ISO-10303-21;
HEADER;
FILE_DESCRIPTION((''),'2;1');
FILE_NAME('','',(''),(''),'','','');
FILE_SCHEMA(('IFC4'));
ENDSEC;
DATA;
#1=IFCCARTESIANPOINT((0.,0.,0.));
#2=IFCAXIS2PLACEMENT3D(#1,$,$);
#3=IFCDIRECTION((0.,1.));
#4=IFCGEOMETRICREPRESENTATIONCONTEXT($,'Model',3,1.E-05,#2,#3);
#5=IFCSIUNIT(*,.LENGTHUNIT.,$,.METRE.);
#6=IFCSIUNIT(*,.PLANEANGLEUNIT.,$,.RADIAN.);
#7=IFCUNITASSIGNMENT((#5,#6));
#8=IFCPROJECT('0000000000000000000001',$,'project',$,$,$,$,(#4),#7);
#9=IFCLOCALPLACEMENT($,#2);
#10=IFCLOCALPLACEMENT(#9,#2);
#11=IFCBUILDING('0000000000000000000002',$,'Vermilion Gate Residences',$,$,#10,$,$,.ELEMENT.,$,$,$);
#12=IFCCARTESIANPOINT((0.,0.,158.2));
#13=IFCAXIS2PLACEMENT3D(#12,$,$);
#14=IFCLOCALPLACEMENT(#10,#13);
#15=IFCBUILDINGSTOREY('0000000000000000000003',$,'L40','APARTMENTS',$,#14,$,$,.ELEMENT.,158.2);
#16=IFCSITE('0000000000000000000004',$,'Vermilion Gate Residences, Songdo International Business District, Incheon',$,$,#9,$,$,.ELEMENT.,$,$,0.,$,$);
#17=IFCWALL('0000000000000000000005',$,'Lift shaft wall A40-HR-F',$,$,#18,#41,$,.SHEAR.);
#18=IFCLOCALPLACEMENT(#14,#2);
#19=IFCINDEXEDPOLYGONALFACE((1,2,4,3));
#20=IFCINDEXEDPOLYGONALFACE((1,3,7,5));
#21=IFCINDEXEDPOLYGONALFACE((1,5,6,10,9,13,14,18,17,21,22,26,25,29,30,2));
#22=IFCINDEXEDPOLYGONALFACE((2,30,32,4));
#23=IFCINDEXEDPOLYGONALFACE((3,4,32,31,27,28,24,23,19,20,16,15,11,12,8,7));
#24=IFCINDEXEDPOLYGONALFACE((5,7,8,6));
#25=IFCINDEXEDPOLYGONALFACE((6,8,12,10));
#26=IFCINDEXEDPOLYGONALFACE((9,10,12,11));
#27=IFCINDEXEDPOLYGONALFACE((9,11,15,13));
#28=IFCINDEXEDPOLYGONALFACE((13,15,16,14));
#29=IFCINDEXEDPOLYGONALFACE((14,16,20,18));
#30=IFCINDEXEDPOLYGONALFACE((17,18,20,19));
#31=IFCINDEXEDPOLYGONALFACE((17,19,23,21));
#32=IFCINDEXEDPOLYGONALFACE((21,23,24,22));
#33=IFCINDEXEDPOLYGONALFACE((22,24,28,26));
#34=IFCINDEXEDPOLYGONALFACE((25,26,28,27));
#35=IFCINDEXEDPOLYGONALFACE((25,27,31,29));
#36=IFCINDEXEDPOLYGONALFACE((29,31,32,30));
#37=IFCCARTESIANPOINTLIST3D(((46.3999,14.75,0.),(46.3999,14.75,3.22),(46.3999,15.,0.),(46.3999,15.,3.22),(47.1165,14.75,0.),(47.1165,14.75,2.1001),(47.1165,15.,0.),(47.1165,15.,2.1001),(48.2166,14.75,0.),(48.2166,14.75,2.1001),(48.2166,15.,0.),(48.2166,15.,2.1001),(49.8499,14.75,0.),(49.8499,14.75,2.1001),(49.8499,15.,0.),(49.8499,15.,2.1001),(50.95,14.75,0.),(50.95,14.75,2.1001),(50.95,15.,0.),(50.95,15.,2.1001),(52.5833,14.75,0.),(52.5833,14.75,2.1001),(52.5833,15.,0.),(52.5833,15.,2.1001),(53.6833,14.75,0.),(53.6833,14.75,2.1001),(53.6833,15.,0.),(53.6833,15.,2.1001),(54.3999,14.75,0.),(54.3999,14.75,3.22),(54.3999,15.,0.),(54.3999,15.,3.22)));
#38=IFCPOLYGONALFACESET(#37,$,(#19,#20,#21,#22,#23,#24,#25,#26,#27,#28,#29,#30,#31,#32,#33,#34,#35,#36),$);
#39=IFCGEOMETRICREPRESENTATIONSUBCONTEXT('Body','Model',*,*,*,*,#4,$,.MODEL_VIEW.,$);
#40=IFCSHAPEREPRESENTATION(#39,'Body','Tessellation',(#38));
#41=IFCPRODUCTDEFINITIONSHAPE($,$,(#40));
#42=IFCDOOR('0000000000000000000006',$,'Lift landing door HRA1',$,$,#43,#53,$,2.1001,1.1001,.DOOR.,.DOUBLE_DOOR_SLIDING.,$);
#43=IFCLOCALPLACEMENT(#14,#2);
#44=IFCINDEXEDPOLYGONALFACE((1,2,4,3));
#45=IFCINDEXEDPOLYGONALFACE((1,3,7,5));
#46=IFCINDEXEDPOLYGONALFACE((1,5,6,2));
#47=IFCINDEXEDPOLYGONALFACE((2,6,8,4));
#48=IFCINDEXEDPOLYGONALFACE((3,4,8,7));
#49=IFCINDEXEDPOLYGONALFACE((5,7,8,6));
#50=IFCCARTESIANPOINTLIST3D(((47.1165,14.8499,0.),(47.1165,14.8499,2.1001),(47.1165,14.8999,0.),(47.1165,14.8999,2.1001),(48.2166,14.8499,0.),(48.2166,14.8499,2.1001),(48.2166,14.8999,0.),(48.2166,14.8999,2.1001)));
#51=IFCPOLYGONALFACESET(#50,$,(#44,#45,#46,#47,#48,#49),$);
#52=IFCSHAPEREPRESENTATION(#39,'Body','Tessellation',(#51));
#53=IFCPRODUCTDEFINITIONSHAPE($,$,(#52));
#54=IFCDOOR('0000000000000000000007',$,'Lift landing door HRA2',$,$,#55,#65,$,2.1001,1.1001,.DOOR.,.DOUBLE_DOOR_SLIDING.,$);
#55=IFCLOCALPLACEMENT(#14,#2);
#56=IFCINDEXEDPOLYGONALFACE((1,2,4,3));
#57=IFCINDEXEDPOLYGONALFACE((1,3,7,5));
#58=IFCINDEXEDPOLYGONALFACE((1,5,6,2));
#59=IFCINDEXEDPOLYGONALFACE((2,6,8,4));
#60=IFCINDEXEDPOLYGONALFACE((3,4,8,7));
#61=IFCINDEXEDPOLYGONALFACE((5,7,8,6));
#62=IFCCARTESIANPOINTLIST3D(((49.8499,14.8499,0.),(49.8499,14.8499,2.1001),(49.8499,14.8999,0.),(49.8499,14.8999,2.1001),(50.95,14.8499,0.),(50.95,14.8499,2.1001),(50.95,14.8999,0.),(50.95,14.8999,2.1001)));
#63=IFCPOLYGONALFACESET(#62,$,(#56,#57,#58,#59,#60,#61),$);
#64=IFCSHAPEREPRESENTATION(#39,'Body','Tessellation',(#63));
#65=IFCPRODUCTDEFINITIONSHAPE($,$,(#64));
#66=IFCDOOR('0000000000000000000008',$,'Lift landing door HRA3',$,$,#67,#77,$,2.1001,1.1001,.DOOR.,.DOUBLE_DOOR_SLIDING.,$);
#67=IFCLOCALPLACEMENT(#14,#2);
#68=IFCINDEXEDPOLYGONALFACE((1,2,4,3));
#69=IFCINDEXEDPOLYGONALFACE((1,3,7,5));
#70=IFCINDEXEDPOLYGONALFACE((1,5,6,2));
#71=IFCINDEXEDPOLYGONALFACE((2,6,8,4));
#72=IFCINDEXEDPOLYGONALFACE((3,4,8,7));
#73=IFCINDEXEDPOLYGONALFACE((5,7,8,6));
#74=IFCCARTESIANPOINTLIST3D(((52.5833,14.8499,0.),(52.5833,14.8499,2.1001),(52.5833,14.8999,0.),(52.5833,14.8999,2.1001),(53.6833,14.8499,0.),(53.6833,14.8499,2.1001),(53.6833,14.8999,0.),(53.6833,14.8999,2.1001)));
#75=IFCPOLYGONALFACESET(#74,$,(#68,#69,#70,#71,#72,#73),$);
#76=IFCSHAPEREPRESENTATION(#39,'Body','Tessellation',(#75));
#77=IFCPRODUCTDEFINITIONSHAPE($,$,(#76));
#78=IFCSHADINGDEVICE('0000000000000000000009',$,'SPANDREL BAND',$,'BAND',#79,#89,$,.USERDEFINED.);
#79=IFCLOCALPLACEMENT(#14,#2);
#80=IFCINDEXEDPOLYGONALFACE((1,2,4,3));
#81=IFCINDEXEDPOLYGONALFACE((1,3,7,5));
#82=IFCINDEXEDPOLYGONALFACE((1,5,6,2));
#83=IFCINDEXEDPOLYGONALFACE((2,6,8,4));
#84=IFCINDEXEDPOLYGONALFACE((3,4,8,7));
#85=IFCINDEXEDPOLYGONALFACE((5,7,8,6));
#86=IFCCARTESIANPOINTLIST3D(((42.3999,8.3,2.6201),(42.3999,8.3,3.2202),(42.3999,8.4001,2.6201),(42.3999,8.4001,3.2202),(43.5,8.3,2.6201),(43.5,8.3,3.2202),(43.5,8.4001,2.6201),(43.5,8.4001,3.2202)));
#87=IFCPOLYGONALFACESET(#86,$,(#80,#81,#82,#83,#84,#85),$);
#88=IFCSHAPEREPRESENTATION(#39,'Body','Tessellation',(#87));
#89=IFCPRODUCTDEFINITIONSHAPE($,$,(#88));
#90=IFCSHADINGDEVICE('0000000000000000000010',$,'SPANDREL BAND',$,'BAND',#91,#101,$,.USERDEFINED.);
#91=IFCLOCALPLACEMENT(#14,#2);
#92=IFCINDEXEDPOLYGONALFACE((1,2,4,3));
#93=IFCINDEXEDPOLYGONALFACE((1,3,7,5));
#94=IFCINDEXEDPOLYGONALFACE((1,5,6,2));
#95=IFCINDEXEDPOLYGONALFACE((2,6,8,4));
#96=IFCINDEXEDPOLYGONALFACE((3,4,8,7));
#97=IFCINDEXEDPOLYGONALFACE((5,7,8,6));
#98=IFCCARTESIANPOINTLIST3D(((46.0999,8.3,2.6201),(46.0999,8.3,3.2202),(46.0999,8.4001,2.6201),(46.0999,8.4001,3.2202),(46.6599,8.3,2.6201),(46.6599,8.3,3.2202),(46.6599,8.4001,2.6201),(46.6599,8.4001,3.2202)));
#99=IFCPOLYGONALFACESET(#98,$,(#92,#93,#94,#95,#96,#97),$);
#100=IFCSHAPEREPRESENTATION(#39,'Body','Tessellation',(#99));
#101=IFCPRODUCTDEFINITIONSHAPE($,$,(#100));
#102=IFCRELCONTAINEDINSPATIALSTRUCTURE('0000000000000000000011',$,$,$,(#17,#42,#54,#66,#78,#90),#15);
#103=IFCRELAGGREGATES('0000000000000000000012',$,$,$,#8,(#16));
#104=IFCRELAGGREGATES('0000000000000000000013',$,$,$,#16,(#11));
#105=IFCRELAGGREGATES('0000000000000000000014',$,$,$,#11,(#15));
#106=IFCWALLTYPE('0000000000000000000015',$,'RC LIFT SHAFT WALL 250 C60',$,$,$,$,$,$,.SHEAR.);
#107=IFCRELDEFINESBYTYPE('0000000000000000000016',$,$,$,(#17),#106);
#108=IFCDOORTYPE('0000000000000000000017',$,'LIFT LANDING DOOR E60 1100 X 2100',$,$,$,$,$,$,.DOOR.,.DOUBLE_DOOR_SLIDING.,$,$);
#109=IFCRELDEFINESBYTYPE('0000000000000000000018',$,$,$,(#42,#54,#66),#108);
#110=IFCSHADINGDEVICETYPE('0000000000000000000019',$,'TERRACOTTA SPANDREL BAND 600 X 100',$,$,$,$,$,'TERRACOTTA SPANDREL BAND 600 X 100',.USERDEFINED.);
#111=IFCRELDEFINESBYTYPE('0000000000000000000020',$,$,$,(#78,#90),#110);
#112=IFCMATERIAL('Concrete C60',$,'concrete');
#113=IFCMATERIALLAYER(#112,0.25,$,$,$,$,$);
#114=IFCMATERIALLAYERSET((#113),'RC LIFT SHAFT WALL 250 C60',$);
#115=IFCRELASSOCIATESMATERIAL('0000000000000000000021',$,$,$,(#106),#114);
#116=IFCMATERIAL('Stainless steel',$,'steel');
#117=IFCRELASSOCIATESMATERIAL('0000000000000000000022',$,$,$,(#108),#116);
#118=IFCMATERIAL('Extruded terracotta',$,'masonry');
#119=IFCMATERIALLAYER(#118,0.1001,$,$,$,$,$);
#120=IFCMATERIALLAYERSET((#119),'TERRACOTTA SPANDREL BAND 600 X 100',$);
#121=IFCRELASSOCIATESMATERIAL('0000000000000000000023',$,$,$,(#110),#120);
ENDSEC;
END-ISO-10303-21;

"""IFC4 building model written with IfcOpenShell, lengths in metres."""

from ifc_helpers import new_model, si_unit, direction, frame, frame_2d, origin, origin_2d, place, context, subcontext, project, spatial, rectangle, extrude, material, layer, layer_set, type_object, element, fill, save


model = new_model("IFC4")

# Units and contexts
model_context = context("Model", 3, precision=1e-05, world=origin(), true_north=direction((0.0, 1.0)))
body_context = subcontext(model_context, "Body", "Model", "MODEL_VIEW")
ifc_project = project(units=[si_unit("LENGTHUNIT", "METRE"), si_unit("PLANEANGLEUNIT", "RADIAN")], contexts=[model_context])

# Site, building, storey
site_placement = place(None, origin())
site = spatial("IfcSite", under=ifc_project, at=site_placement, Name="Vermilion Gate Residences, Songdo International Business District, Incheon", CompositionType="ELEMENT", RefElevation=0.0)
building_placement = place(site_placement, origin())
building = spatial("IfcBuilding", under=site, at=building_placement, Name="Vermilion Gate Residences", CompositionType="ELEMENT")
storey_placement = place(building_placement, frame((0.0, 0.0, 158.2)))
storey = spatial("IfcBuildingStorey", under=building, at=storey_placement, Name="L40", Description="APARTMENTS", CompositionType="ELEMENT", Elevation=158.2)

# Wall, openings, doors
ifc_material_1 = material(Name="Concrete C60", Category="concrete")
ifc_layer_1 = layer(ifc_material_1, 0.25)
ifc_layer_set_1 = layer_set([ifc_layer_1], Name="RC LIFT SHAFT WALL 250 C60")
wall_type_1 = type_object("IfcWallType", Name="RC LIFT SHAFT WALL 250 C60", PredefinedType="SHEAR", material=ifc_layer_set_1)
wall_1_placement = place(storey_placement, frame((46.3999, 14.875, 0.0), z_axis=(0.0, 0.0, 1.0), x_axis=(1.0, 0.0, 0.0)))
wall_1 = element("IfcWall", 1, at=wall_1_placement, inside=storey, type_object=wall_type_1, Name="Lift shaft wall A40-HR-F", PredefinedType="SHEAR", context=body_context, shape_type="SweptSolid", body=[
    extrude(rectangle(XDim=8.0, YDim=0.25, at=frame_2d((4.0, 0.0))), origin(), (0.0, 0.0, 1.0), 3.22),
])
opening_1_placement = place(wall_1_placement, frame((0.7166, 0.0, 0.0)))
opening_1 = element("IfcOpeningElement", 2, at=opening_1_placement, cuts=wall_1, PredefinedType="OPENING", context=body_context, shape_type="SweptSolid", body=[
    extrude(rectangle(XDim=1.1001, YDim=2.1001, at=frame_2d((0.55, 1.05))), frame((0.0, 0.135, 0.0), z_axis=(0.0, -1.0, 0.0), x_axis=(1.0, 0.0, 0.0)), (0.0, 0.0, 1.0), 0.27),
])
opening_2_placement = place(wall_1_placement, frame((3.45, 0.0, 0.0)))
opening_2 = element("IfcOpeningElement", 3, at=opening_2_placement, cuts=wall_1, PredefinedType="OPENING", context=body_context, shape_type="SweptSolid", body=[
    extrude(rectangle(XDim=1.1001, YDim=2.1001, at=frame_2d((0.55, 1.05))), frame((0.0, 0.135, 0.0), z_axis=(0.0, -1.0, 0.0), x_axis=(1.0, 0.0, 0.0)), (0.0, 0.0, 1.0), 0.27),
])
opening_3_placement = place(wall_1_placement, frame((6.1833, 0.0, 0.0)))
opening_3 = element("IfcOpeningElement", 4, at=opening_3_placement, cuts=wall_1, PredefinedType="OPENING", context=body_context, shape_type="SweptSolid", body=[
    extrude(rectangle(XDim=1.1001, YDim=2.1001, at=frame_2d((0.55, 1.05))), frame((0.0, 0.135, 0.0), z_axis=(0.0, -1.0, 0.0), x_axis=(1.0, 0.0, 0.0)), (0.0, 0.0, 1.0), 0.27),
])
ifc_material_2 = material(Name="Stainless steel", Category="steel")
door_type_1 = type_object("IfcDoorType", Name="LIFT LANDING DOOR E60 1100 X 2100", OperationType="DOUBLE_DOOR_SLIDING", PredefinedType="DOOR", material=ifc_material_2)
door_1_placement = place(opening_1_placement, origin())
door_1 = element("IfcDoor", 5, at=door_1_placement, inside=storey, type_object=door_type_1, Name="Lift landing door HRA1", OperationType="DOUBLE_DOOR_SLIDING", OverallHeight=2.1001, OverallWidth=1.1001, PredefinedType="DOOR", context=body_context, shape_type="SweptSolid", body=[
    extrude(rectangle(XDim=1.1001, YDim=2.1001, at=frame_2d((0.55, 1.05))), frame((0.0, 0.0249, 0.0), z_axis=(0.0, -1.0, 0.0), x_axis=(1.0, 0.0, 0.0)), (0.0, 0.0, 1.0), 0.05),
])
fill(opening_1, door_1)
door_2_placement = place(opening_2_placement, origin())
door_2 = element("IfcDoor", 6, at=door_2_placement, inside=storey, type_object=door_type_1, Name="Lift landing door HRA2", OperationType="DOUBLE_DOOR_SLIDING", OverallHeight=2.1001, OverallWidth=1.1001, PredefinedType="DOOR", context=body_context, shape_type="SweptSolid", body=[
    extrude(rectangle(XDim=1.1001, YDim=2.1001, at=frame_2d((0.55, 1.05))), frame((0.0, 0.0249, 0.0), z_axis=(0.0, -1.0, 0.0), x_axis=(1.0, 0.0, 0.0)), (0.0, 0.0, 1.0), 0.05),
])
fill(opening_2, door_2)
door_3_placement = place(opening_3_placement, origin())
door_3 = element("IfcDoor", 7, at=door_3_placement, inside=storey, type_object=door_type_1, Name="Lift landing door HRA3", OperationType="DOUBLE_DOOR_SLIDING", OverallHeight=2.1001, OverallWidth=1.1001, PredefinedType="DOOR", context=body_context, shape_type="SweptSolid", body=[
    extrude(rectangle(XDim=1.1001, YDim=2.1001, at=frame_2d((0.55, 1.05))), frame((0.0, 0.0249, 0.0), z_axis=(0.0, -1.0, 0.0), x_axis=(1.0, 0.0, 0.0)), (0.0, 0.0, 1.0), 0.05),
])
fill(opening_3, door_3)

# Shading devices
ifc_material_3 = material(Name="Extruded terracotta", Category="masonry")
ifc_layer_2 = layer(ifc_material_3, 0.1001)
ifc_layer_set_2 = layer_set([ifc_layer_2], Name="TERRACOTTA SPANDREL BAND 600 X 100")
shading_device_type = type_object("IfcShadingDeviceType", Name="TERRACOTTA SPANDREL BAND 600 X 100", ElementType="TERRACOTTA SPANDREL BAND 600 X 100", PredefinedType="USERDEFINED", material=ifc_layer_set_2)
shading_device_1_placement = place(storey_placement, frame((42.95, 8.3501, 2.6201), z_axis=(0.0, 0.0, 1.0), x_axis=(1.0, 0.0, 0.0)))
element("IfcShadingDevice", 8, at=shading_device_1_placement, inside=storey, type_object=shading_device_type, Name="SPANDREL BAND", ObjectType="BAND", PredefinedType="USERDEFINED", context=body_context, shape_type="SweptSolid", body=[
    extrude(rectangle(XDim=1.1001, YDim=0.1001, at=origin_2d()), origin(), (0.0, 0.0, 1.0), 0.6001),
])
shading_device_2_placement = place(storey_placement, frame((46.3799, 8.3501, 2.6201), z_axis=(0.0, 0.0, 1.0), x_axis=(1.0, 0.0, 0.0)))
element("IfcShadingDevice", 9, at=shading_device_2_placement, inside=storey, type_object=shading_device_type, Name="SPANDREL BAND", ObjectType="BAND", PredefinedType="USERDEFINED", context=body_context, shape_type="SweptSolid", body=[
    extrude(rectangle(XDim=0.5601, YDim=0.1001, at=origin_2d()), origin(), (0.0, 0.0, 1.0), 0.6001),
])

save(model, "model.ifc")
